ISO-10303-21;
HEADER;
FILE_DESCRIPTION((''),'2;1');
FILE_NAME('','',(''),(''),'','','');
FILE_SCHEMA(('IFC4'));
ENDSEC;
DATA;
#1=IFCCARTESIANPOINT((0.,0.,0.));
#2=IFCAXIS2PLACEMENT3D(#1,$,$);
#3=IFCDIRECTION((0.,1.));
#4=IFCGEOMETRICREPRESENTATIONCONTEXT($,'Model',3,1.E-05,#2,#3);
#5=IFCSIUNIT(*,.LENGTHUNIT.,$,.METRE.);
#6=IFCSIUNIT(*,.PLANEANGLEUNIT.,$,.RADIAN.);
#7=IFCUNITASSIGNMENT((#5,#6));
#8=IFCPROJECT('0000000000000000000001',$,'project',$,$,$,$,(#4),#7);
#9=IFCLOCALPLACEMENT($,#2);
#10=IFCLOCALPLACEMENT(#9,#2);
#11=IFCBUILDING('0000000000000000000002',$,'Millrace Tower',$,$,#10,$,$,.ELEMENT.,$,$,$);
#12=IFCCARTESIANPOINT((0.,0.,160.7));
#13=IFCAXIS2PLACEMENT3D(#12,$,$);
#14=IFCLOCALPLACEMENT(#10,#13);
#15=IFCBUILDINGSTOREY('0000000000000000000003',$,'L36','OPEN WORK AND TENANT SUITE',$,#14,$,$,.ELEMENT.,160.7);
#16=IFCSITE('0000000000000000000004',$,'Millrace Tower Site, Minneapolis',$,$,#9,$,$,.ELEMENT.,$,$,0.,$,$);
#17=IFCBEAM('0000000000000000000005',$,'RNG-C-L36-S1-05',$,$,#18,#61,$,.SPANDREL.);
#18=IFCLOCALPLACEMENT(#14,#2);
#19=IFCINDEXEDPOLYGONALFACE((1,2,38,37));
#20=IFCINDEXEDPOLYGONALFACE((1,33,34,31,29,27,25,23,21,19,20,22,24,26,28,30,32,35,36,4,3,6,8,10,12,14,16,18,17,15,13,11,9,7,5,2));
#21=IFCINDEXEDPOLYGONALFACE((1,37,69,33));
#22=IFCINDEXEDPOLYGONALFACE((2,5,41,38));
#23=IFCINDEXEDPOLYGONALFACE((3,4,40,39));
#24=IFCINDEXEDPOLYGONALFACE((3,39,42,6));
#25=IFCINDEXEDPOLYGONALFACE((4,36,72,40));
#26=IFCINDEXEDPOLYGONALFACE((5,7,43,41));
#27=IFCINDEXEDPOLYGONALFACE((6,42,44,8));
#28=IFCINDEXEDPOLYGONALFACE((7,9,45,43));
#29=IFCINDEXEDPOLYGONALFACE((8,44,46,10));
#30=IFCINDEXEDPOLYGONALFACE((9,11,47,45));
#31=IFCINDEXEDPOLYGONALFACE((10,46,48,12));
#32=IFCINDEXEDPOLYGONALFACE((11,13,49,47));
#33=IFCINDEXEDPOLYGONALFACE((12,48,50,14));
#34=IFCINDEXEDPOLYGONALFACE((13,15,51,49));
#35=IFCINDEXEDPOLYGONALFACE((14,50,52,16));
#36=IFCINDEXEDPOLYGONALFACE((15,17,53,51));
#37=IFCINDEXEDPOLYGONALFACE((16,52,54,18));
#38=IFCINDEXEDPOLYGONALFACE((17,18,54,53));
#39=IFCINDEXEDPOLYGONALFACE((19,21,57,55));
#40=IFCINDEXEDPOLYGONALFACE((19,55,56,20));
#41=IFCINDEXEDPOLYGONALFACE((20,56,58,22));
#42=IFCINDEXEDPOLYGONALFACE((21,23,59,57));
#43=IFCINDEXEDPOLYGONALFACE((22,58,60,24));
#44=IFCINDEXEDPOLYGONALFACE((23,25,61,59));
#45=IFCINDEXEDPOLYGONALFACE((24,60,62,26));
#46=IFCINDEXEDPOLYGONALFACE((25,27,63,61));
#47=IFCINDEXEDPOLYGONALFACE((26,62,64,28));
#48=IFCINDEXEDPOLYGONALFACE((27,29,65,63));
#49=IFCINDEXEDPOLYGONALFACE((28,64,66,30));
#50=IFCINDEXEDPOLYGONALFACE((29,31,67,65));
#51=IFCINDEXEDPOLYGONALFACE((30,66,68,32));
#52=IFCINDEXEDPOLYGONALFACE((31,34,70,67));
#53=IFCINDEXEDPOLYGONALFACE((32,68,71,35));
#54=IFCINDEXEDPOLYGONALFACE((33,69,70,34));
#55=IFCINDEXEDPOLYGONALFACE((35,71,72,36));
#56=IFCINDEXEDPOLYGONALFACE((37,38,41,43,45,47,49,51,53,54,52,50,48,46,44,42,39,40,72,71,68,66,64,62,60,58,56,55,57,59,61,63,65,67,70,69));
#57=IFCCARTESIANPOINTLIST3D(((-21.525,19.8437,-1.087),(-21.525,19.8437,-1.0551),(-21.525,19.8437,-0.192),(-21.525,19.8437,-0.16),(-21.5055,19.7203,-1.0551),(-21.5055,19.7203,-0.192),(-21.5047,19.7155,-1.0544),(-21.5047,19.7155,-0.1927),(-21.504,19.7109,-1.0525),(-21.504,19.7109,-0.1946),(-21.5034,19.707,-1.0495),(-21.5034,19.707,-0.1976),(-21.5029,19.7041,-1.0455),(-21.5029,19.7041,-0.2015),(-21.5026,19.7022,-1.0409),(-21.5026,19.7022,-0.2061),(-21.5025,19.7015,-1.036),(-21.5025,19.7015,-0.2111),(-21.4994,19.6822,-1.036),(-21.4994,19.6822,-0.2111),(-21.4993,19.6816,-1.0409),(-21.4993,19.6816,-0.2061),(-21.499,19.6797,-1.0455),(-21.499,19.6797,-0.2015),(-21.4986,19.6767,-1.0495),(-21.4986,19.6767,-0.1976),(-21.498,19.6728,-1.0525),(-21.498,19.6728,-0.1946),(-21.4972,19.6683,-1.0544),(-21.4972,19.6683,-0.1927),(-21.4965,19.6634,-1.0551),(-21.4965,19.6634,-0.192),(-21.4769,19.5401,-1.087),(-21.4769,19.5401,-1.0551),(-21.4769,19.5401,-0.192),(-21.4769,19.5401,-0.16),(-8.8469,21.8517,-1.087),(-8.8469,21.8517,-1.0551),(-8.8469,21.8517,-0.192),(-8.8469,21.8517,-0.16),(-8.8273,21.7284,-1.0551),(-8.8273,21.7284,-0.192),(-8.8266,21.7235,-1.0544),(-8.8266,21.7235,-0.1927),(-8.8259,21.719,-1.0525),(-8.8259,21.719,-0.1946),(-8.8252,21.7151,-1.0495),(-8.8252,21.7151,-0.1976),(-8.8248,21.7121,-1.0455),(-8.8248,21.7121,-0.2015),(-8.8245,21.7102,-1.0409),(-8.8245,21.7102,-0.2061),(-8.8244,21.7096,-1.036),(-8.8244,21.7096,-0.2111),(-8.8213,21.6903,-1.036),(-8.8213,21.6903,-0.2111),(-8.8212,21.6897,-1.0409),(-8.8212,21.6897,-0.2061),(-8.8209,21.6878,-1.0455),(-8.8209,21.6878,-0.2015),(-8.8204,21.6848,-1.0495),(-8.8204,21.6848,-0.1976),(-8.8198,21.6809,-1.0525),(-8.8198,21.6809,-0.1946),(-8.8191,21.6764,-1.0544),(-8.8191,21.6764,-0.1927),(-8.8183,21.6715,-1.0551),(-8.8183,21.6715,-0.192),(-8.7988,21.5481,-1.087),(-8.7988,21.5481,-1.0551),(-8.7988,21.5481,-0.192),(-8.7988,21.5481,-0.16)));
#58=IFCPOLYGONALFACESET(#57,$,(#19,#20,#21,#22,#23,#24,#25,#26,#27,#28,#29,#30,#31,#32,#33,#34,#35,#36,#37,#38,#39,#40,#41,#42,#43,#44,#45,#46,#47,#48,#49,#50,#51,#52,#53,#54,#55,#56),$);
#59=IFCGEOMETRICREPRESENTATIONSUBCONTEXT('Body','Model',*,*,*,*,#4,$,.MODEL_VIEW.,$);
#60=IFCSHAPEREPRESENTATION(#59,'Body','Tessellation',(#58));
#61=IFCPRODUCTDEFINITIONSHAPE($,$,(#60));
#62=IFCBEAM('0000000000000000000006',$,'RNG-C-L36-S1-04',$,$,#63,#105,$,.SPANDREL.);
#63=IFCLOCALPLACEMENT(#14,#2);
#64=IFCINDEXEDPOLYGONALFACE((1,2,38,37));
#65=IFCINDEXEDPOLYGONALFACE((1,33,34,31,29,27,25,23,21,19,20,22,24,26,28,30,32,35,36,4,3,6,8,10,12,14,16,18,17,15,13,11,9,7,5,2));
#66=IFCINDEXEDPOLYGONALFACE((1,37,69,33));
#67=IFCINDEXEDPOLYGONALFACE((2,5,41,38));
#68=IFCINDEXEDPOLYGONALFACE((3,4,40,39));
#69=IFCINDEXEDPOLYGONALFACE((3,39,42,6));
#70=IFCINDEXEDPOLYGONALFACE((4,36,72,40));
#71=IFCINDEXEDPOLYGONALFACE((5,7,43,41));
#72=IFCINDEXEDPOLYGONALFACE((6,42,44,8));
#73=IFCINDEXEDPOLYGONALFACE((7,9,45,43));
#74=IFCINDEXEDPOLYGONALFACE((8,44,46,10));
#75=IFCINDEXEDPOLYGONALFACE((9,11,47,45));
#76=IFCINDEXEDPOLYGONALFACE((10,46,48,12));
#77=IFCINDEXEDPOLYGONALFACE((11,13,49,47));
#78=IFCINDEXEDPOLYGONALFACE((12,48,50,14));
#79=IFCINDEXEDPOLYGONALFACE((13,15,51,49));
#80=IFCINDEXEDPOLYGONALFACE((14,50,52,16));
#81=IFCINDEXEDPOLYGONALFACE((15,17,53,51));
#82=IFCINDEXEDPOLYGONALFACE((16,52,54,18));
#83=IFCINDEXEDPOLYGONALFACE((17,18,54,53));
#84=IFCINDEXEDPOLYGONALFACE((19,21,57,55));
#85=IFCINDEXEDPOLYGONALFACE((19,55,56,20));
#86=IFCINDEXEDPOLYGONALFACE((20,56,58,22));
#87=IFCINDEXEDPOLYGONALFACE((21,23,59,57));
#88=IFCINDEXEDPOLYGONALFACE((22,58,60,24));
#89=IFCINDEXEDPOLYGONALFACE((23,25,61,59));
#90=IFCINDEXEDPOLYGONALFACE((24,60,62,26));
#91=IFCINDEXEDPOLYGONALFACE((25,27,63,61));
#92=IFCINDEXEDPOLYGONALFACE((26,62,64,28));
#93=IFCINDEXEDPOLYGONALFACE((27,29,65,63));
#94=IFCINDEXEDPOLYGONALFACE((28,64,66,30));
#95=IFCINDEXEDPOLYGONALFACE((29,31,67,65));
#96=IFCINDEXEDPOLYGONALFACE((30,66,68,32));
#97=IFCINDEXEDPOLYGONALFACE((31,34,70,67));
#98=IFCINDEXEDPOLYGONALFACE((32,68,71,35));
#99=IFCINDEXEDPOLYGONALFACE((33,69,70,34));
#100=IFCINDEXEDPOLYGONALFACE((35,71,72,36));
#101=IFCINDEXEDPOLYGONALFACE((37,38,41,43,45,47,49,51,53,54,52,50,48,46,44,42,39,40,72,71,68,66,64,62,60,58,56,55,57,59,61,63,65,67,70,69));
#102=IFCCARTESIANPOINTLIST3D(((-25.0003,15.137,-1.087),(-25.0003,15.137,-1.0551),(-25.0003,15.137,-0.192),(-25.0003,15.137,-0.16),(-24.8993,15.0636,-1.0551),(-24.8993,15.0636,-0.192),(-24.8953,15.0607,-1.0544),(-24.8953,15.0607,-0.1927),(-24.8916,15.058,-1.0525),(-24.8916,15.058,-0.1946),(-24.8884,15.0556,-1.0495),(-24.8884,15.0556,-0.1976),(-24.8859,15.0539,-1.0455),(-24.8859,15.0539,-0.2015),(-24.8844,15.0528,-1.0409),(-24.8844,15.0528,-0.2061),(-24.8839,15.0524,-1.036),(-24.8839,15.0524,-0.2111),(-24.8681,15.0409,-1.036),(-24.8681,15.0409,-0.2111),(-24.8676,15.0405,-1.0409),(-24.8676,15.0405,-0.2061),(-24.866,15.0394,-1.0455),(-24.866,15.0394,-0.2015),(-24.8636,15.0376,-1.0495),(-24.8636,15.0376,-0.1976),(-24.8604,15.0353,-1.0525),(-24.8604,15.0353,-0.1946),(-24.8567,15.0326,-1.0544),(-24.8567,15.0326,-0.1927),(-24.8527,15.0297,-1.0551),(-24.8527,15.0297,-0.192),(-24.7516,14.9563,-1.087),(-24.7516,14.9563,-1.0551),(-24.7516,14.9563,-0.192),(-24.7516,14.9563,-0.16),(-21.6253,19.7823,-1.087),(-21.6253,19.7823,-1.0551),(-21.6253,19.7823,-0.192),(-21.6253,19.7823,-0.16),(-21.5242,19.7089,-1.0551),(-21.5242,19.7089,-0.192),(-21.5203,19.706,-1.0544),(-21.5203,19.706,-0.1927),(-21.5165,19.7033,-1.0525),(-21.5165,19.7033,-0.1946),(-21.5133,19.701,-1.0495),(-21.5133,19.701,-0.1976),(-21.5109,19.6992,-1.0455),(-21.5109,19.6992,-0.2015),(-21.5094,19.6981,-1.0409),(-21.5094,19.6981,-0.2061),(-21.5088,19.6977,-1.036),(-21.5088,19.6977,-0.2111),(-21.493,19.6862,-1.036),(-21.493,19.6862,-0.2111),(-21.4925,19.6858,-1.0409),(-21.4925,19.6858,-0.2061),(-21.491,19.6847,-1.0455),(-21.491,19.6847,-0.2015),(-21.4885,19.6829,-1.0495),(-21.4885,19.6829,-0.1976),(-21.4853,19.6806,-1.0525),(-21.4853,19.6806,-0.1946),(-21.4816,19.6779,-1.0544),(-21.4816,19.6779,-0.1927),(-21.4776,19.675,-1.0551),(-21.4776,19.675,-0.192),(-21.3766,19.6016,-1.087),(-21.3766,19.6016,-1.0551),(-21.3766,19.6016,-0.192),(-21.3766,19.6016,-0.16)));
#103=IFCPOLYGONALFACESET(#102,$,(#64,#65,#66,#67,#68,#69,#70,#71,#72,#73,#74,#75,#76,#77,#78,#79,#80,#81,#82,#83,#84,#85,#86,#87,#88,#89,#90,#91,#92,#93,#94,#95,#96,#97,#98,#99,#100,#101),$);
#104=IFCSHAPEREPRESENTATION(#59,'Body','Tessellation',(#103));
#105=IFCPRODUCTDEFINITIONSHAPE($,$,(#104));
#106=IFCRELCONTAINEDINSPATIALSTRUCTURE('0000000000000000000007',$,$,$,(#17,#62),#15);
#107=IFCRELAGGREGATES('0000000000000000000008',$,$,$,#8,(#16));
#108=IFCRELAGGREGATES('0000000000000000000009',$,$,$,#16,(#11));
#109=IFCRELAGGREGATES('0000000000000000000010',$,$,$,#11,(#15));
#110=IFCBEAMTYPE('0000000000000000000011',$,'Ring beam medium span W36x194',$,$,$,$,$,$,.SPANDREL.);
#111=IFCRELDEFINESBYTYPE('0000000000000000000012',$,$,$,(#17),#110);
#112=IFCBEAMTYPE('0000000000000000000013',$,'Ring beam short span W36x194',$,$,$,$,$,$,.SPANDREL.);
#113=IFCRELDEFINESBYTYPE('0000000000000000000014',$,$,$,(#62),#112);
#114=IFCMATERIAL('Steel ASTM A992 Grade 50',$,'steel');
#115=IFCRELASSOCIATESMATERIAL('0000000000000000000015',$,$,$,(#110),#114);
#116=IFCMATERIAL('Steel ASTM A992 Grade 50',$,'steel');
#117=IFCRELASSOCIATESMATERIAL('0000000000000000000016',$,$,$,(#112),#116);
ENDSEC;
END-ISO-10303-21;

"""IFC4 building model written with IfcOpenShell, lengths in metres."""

from ifc_helpers import new_model, si_unit, direction, frame, origin, origin_2d, place, context, subcontext, project, spatial, i_section, extrude, material, material_profile, profile_set, type_object, element, save


model = new_model("IFC4")

# Units and contexts
model_context = context("Model", 3, precision=1e-05, world=origin(), true_north=direction((0.0, 1.0)))
body_context = subcontext(model_context, "Body", "Model", "MODEL_VIEW")
ifc_project = project(units=[si_unit("LENGTHUNIT", "METRE"), si_unit("PLANEANGLEUNIT", "RADIAN")], contexts=[model_context])

# Site, building, storey
site_placement = place(None, origin())
site = spatial("IfcSite", under=ifc_project, at=site_placement, Name="Millrace Tower Site, Minneapolis", CompositionType="ELEMENT", RefElevation=0.0)
building_placement = place(site_placement, origin())
building = spatial("IfcBuilding", under=site, at=building_placement, Name="Millrace Tower", CompositionType="ELEMENT")
storey_placement = place(building_placement, frame((0.0, 0.0, 160.7)))
storey = spatial("IfcBuildingStorey", under=building, at=storey_placement, Name="L36", Description="OPEN WORK AND TENANT SUITE", CompositionType="ELEMENT", Elevation=160.7)

# Beams
ifc_material_1 = material(Name="Steel ASTM A992 Grade 50", Category="steel")
ifc_material_profile_1 = material_profile(ifc_material_1, i_section(OverallWidth=0.3074, OverallDepth=0.927, WebThickness=0.0195, FlangeThickness=0.032, FilletRadius=0.019, at=origin_2d()))
ifc_profile_set_1 = profile_set([ifc_material_profile_1], Name="Steel ASTM A992 Grade 50")
beam_type_1 = type_object("IfcBeamType", Name="Ring beam medium span W36x194", PredefinedType="SPANDREL", material=ifc_profile_set_1)
beam_1_placement = place(storey_placement, frame((-21.501, 19.6919, -0.6235), z_axis=(0.987688, 0.156436, 0.0), x_axis=(-0.156436, 0.987688, 0.0)))
element("IfcBeam", 1, at=beam_1_placement, inside=storey, type_object=beam_type_1, Name="RNG-C-L36-S1-05", PredefinedType="SPANDREL", context=body_context, shape_type="SweptSolid", body=[
    extrude(i_section(OverallWidth=0.3074, OverallDepth=0.927, WebThickness=0.0195, FlangeThickness=0.032, FilletRadius=0.019, at=origin_2d()), origin(), (0.0, 0.0, 1.0), 12.8362),
])
ifc_material_2 = material(Name="Steel ASTM A992 Grade 50", Category="steel")
ifc_material_profile_2 = material_profile(ifc_material_2, i_section(OverallWidth=0.3074, OverallDepth=0.927, WebThickness=0.0195, FlangeThickness=0.032, FilletRadius=0.019, at=origin_2d()))
ifc_profile_set_2 = profile_set([ifc_material_profile_2], Name="Steel ASTM A992 Grade 50")
beam_type_2 = type_object("IfcBeamType", Name="Ring beam short span W36x194", PredefinedType="SPANDREL", material=ifc_profile_set_2)
beam_2_placement = place(storey_placement, frame((-24.876, 15.0466, -0.6235), z_axis=(0.587787, 0.809015, 0.0), x_axis=(-0.809015, 0.587787, 0.0)))
element("IfcBeam", 2, at=beam_2_placement, inside=storey, type_object=beam_type_2, Name="RNG-C-L36-S1-04", PredefinedType="SPANDREL", context=body_context, shape_type="SweptSolid", body=[
    extrude(i_section(OverallWidth=0.3074, OverallDepth=0.927, WebThickness=0.0195, FlangeThickness=0.032, FilletRadius=0.019, at=origin_2d()), origin(), (0.0, 0.0, 1.0), 5.7419),
])

save(model, "model.ifc")
